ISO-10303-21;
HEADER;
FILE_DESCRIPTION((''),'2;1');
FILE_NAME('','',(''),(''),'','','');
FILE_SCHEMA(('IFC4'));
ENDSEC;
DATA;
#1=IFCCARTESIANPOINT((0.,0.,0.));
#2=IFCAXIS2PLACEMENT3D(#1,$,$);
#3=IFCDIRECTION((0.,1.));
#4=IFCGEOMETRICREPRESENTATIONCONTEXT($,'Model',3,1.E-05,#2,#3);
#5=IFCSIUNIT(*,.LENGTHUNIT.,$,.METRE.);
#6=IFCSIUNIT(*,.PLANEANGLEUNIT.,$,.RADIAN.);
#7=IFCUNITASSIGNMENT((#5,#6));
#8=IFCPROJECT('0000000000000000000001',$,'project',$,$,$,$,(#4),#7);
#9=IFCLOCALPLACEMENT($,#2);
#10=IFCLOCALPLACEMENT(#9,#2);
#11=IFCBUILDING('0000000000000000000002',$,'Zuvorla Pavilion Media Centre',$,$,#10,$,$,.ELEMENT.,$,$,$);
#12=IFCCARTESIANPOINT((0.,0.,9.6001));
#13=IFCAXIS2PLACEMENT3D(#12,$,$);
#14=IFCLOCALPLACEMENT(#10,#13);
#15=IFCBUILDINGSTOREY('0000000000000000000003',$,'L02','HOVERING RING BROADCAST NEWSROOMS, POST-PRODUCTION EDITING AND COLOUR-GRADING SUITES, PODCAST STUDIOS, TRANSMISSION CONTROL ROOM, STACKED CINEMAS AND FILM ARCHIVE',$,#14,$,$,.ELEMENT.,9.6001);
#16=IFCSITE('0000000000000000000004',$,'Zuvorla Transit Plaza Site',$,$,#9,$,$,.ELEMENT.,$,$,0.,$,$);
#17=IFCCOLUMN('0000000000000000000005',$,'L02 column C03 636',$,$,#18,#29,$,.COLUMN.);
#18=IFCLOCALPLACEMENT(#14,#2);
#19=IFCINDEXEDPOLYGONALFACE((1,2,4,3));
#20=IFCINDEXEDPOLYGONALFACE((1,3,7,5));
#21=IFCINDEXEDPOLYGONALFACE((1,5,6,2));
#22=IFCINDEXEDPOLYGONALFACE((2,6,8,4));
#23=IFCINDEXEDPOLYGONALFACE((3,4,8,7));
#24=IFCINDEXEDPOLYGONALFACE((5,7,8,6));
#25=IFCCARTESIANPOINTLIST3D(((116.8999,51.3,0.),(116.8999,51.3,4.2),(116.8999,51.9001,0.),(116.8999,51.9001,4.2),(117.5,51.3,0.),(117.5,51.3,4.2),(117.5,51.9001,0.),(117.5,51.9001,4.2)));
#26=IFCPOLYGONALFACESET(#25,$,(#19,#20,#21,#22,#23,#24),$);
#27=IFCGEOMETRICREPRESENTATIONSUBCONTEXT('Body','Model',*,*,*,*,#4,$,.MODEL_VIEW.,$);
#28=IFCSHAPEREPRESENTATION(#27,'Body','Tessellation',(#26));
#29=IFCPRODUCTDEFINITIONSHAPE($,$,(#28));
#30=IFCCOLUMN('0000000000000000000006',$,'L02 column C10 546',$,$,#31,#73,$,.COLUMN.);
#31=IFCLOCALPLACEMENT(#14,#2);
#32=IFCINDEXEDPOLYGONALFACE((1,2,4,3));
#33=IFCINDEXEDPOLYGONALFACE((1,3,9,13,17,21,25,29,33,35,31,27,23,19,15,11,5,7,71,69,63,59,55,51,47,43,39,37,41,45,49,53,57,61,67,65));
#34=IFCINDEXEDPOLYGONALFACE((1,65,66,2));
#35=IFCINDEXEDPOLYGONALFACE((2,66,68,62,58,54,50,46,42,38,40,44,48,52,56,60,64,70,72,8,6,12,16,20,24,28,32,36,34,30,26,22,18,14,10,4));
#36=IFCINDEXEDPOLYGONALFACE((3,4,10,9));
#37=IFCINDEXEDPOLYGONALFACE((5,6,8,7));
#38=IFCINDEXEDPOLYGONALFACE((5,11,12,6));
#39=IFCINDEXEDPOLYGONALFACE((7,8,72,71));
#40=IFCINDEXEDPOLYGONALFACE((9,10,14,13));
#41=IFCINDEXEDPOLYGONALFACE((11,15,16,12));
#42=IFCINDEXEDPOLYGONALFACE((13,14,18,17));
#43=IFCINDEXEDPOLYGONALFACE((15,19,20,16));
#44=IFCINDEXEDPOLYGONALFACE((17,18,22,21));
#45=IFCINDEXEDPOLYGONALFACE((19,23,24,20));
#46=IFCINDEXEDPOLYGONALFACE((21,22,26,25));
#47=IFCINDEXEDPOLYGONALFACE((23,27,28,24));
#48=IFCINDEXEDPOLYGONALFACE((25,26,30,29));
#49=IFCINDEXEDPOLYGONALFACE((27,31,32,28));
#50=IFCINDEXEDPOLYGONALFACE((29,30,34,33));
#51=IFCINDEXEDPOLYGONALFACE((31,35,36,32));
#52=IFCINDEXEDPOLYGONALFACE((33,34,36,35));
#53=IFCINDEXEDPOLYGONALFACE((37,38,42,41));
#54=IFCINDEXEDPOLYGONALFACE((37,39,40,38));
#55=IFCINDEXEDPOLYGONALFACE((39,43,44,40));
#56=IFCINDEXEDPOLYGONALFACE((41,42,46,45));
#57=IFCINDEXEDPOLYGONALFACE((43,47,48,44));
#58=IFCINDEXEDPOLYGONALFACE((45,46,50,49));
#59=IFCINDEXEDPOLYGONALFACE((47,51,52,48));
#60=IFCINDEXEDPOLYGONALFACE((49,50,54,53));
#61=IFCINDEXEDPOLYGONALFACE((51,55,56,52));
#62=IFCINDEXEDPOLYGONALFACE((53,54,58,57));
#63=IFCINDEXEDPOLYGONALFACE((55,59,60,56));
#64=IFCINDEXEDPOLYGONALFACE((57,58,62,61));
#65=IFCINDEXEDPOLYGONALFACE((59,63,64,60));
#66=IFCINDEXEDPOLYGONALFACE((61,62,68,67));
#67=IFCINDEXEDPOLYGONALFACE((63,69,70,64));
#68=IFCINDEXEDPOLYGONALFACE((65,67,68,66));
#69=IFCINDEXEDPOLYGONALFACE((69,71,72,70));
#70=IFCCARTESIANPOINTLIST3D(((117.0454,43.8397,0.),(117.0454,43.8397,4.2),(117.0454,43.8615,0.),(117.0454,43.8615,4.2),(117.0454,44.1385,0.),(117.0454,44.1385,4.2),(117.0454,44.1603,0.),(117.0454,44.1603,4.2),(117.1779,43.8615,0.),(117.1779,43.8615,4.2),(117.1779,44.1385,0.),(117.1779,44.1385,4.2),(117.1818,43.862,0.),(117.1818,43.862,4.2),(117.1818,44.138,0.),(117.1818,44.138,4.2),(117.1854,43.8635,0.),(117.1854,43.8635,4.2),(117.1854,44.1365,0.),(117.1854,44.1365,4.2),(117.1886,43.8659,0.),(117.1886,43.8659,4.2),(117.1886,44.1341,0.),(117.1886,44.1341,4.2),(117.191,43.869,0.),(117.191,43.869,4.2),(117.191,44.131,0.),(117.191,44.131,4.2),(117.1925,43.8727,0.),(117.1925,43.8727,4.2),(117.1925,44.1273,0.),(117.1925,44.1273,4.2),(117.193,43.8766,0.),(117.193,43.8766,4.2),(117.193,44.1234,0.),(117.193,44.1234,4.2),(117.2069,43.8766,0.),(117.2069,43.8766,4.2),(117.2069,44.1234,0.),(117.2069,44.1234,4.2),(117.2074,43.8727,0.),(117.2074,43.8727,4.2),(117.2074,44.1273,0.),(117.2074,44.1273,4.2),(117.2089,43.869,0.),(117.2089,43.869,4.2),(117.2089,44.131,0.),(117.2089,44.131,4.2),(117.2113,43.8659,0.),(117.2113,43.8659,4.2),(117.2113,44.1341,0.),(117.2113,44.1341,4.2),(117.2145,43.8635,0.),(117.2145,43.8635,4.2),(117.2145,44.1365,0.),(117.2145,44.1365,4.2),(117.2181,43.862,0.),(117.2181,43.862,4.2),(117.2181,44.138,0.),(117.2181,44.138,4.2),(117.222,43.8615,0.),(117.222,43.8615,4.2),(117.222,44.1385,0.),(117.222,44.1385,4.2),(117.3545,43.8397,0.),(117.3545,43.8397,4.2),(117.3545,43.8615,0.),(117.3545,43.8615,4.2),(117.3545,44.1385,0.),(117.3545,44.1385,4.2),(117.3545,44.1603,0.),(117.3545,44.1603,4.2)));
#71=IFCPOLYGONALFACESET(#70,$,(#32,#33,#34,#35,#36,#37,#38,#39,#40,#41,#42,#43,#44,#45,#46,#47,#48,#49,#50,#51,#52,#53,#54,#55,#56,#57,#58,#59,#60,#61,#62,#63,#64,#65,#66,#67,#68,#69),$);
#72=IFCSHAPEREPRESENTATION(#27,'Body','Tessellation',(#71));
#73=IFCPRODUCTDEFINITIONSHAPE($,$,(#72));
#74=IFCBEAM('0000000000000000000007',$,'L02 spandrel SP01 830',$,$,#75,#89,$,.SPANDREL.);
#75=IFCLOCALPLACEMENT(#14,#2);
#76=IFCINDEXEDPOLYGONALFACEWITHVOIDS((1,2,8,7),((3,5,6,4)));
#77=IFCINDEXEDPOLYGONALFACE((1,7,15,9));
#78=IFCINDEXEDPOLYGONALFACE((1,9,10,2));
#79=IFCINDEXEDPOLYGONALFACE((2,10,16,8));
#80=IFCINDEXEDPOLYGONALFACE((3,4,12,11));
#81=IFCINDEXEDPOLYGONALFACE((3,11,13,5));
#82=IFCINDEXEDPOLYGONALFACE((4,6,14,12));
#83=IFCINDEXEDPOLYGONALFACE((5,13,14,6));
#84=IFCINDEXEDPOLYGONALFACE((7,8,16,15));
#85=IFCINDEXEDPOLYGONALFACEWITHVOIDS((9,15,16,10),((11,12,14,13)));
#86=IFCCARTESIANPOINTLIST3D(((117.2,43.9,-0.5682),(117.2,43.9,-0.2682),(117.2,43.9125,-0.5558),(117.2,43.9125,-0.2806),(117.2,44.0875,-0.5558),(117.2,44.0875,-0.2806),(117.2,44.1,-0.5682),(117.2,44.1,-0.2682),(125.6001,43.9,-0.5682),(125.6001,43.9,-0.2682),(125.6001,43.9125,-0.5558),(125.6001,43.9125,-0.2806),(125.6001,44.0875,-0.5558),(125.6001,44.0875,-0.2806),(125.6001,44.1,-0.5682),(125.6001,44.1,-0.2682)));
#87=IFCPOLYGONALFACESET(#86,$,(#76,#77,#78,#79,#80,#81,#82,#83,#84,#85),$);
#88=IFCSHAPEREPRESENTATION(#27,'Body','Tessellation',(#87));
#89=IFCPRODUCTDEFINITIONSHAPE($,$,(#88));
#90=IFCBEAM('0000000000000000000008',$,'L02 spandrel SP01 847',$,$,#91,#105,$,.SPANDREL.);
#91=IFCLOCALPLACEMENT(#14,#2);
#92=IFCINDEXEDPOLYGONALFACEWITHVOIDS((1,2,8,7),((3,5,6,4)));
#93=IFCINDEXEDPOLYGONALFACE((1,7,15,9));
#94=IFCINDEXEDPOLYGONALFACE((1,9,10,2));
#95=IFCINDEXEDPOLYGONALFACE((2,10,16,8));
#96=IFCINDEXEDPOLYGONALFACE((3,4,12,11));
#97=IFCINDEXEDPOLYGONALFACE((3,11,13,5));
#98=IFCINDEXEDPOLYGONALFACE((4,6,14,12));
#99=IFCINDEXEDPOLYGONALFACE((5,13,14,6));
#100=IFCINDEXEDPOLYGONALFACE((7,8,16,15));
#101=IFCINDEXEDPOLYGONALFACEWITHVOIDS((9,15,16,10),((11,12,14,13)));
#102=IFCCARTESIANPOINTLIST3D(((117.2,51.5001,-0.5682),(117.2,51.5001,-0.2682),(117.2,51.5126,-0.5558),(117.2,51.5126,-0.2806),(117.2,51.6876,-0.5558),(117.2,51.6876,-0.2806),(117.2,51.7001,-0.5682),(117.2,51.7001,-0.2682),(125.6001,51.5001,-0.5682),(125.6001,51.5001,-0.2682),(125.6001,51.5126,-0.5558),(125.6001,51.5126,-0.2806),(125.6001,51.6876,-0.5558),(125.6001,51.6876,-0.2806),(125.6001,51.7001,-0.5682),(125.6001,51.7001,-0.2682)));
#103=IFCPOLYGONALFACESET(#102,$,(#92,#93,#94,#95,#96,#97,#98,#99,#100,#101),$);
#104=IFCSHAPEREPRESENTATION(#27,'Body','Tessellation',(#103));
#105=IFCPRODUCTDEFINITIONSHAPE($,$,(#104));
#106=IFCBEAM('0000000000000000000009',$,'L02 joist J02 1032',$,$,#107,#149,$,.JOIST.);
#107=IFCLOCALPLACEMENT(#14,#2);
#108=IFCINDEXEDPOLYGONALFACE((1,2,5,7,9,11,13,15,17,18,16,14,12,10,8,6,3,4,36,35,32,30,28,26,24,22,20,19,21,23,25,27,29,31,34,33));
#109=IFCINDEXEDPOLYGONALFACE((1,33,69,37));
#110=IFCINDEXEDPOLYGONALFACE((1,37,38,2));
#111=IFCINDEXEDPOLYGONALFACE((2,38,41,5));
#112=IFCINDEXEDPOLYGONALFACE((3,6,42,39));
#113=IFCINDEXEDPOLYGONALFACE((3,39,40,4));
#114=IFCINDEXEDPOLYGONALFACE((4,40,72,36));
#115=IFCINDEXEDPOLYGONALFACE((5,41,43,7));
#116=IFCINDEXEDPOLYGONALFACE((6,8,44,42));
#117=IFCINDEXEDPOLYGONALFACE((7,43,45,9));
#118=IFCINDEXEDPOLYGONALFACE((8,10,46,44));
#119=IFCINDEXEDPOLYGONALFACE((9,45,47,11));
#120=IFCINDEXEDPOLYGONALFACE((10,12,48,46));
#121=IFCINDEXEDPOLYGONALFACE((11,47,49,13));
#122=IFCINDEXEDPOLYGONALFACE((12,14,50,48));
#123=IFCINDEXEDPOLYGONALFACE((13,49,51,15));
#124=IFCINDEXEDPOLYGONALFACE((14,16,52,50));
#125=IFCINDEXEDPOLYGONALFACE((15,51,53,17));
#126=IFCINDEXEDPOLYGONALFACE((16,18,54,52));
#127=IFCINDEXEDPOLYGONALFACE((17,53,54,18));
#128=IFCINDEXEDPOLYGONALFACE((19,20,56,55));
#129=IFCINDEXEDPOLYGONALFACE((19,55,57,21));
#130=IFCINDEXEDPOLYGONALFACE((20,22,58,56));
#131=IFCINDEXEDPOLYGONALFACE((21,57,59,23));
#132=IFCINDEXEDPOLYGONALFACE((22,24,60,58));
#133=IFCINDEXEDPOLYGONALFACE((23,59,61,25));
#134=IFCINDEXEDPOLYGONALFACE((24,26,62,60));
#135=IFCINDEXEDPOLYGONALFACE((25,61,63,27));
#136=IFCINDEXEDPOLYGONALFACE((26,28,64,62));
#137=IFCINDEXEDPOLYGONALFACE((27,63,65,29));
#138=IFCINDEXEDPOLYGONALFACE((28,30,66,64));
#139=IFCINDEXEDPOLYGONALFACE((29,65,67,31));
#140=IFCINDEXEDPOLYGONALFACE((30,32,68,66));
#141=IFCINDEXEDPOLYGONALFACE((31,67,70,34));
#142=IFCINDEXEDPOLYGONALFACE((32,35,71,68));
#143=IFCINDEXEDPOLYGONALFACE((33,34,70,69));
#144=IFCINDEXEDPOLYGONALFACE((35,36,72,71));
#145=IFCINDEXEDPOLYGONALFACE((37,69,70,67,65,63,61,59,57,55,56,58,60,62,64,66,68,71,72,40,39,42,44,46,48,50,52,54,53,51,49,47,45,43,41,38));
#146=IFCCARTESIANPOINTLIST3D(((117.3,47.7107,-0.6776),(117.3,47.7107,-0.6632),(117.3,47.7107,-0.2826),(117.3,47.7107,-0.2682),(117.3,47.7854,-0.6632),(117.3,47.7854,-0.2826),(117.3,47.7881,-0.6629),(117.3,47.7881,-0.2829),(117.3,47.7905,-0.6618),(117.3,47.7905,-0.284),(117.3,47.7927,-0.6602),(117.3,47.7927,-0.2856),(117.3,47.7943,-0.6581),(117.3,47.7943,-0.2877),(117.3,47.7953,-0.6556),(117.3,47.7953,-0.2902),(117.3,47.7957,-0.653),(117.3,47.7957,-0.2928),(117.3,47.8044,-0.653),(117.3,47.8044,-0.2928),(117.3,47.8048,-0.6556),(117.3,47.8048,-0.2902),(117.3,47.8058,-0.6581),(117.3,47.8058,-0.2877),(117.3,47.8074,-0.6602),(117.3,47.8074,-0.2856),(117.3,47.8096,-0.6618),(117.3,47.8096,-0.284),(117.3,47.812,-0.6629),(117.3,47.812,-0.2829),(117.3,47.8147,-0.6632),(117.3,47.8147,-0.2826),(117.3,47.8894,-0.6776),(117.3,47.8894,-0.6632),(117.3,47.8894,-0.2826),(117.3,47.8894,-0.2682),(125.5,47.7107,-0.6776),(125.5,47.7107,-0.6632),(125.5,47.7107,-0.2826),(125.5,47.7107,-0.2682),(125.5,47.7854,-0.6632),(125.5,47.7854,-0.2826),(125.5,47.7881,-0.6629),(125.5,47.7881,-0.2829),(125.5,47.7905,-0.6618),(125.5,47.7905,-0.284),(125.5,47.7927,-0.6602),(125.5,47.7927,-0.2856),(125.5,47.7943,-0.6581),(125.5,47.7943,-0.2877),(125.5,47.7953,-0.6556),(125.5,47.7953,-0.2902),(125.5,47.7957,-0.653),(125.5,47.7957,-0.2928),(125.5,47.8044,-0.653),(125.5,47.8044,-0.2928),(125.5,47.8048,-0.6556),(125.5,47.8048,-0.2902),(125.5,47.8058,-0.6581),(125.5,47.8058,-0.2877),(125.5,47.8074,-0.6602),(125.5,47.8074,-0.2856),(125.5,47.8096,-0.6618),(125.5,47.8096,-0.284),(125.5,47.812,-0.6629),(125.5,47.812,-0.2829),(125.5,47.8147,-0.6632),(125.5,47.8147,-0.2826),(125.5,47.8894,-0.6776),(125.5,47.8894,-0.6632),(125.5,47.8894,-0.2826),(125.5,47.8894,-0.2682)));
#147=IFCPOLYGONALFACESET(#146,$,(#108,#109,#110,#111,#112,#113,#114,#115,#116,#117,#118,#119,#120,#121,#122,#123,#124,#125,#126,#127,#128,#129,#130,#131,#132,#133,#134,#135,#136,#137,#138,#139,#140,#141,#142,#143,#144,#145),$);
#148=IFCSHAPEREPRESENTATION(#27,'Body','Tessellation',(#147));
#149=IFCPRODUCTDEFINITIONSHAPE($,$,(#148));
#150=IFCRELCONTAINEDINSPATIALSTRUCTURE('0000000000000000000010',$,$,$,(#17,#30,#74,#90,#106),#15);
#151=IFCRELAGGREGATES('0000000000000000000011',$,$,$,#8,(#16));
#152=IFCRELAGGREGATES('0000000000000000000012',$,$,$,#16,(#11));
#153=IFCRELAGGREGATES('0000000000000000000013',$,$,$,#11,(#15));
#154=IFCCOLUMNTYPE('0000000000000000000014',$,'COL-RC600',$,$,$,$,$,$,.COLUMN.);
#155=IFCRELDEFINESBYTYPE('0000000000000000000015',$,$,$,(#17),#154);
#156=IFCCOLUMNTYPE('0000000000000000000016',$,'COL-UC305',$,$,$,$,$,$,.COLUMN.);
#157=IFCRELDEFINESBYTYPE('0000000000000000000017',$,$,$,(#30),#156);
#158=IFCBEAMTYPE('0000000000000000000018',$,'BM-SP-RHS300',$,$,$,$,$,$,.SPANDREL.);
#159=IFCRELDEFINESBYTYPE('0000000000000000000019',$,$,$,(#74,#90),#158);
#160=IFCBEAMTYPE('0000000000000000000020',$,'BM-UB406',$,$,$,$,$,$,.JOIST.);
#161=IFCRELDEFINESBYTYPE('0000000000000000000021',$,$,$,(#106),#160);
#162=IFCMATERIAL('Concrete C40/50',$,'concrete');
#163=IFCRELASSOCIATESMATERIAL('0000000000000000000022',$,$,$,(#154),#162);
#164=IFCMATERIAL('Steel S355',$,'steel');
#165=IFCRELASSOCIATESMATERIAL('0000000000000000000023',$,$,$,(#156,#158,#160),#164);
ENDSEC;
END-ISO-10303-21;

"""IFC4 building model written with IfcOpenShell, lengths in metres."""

from ifc_helpers import new_model, si_unit, direction, frame, origin, origin_2d, place, context, subcontext, project, spatial, rectangle, hollow_rectangle, i_section, extrude, material, material_profile, profile_set, type_object, element, save


model = new_model("IFC4")

# Units and contexts
model_context = context("Model", 3, precision=1e-05, world=origin(), true_north=direction((0.0, 1.0)))
body_context = subcontext(model_context, "Body", "Model", "MODEL_VIEW")
ifc_project = project(units=[si_unit("LENGTHUNIT", "METRE"), si_unit("PLANEANGLEUNIT", "RADIAN")], contexts=[model_context])

# Site, building, storey
site_placement = place(None, origin())
site = spatial("IfcSite", under=ifc_project, at=site_placement, Name="Zuvorla Transit Plaza Site", CompositionType="ELEMENT", RefElevation=0.0)
building_placement = place(site_placement, origin())
building = spatial("IfcBuilding", under=site, at=building_placement, Name="Zuvorla Pavilion Media Centre", CompositionType="ELEMENT")
storey_placement = place(building_placement, frame((0.0, 0.0, 9.6001)))
storey = spatial("IfcBuildingStorey", under=building, at=storey_placement, Name="L02", Description="HOVERING RING BROADCAST NEWSROOMS, POST-PRODUCTION EDITING AND COLOUR-GRADING SUITES, PODCAST STUDIOS, TRANSMISSION CONTROL ROOM, STACKED CINEMAS AND FILM ARCHIVE", CompositionType="ELEMENT", Elevation=9.6001)

# Columns
ifc_material_1 = material(Name="Concrete C40/50", Category="concrete")
ifc_material_profile_1 = material_profile(ifc_material_1, rectangle(XDim=0.6001, YDim=0.6001, at=origin_2d()), Name="RC 600x600")
ifc_profile_set_1 = profile_set([ifc_material_profile_1], Name="Concrete C40/50")
column_type_1 = type_object("IfcColumnType", Name="COL-RC600", PredefinedType="COLUMN", material=ifc_profile_set_1)
column_1_placement = place(storey_placement, frame((117.2, 51.6001, 0.0), z_axis=(0.0, 0.0, 1.0), x_axis=(1.0, 0.0, 0.0)))
element("IfcColumn", 1, at=column_1_placement, inside=storey, type_object=column_type_1, Name="L02 column C03 636", PredefinedType="COLUMN", context=body_context, shape_type="SweptSolid", body=[
    extrude(rectangle(XDim=0.6001, YDim=0.6001, at=origin_2d()), origin(), (0.0, 0.0, 1.0), 4.2),
])
ifc_material_2 = material(Name="Steel S355", Category="steel")
ifc_material_profile_2 = material_profile(ifc_material_2, i_section(OverallWidth=0.3091, OverallDepth=0.3206, WebThickness=0.0139, FlangeThickness=0.0217, FilletRadius=0.0151, at=origin_2d()), Name="UC 305x305x137")
ifc_profile_set_2 = profile_set([ifc_material_profile_2], Name="Steel S355")
column_type_2 = type_object("IfcColumnType", Name="COL-UC305", PredefinedType="COLUMN", material=ifc_profile_set_2)
column_2_placement = place(storey_placement, frame((117.2, 44.0, 0.0), z_axis=(0.0, 0.0, 1.0), x_axis=(1.0, 0.0, 0.0)))
element("IfcColumn", 2, at=column_2_placement, inside=storey, type_object=column_type_2, Name="L02 column C10 546", PredefinedType="COLUMN", context=body_context, shape_type="SweptSolid", body=[
    extrude(i_section(OverallWidth=0.3091, OverallDepth=0.3206, WebThickness=0.0139, FlangeThickness=0.0217, FilletRadius=0.0151, at=origin_2d()), origin(), (0.0, 0.0, 1.0), 4.2),
])

# Beams
ifc_material_profile_3 = material_profile(ifc_material_2, hollow_rectangle(XDim=0.2, YDim=0.3, WallThickness=0.0125, at=origin_2d()), Name="RHS 300x200x12.5")
ifc_profile_set_3 = profile_set([ifc_material_profile_3], Name="Steel S355")
beam_type_1 = type_object("IfcBeamType", Name="BM-SP-RHS300", PredefinedType="SPANDREL", material=ifc_profile_set_3)
for number, where, z_axis, x_axis, name in (
    (3, (117.2, 44.0, -0.4182), (1.0, 0.0, 0.0), (0.0, 1.0, 0.0), "L02 spandrel SP01 830"),
    (4, (117.2, 51.6001, -0.4182), (1.0, 0.0, 0.0), (0.0, 1.0, 0.0), "L02 spandrel SP01 847"),
):
    element("IfcBeam", number, at=place(storey_placement, frame(where, z_axis=z_axis, x_axis=x_axis)), inside=storey, type_object=beam_type_1, Name=name, PredefinedType="SPANDREL", context=body_context, shape_type="SweptSolid", body=[
        extrude(hollow_rectangle(XDim=0.2, YDim=0.3, WallThickness=0.0125, at=origin_2d()), origin(), (0.0, 0.0, 1.0), 8.4001),
    ])
ifc_material_profile_4 = material_profile(ifc_material_2, i_section(OverallWidth=0.1787, OverallDepth=0.4094, WebThickness=0.0088, FlangeThickness=0.0144, FilletRadius=0.0103, at=origin_2d()), Name="UB 406x178x67")
ifc_profile_set_4 = profile_set([ifc_material_profile_4], Name="Steel S355")
beam_type_2 = type_object("IfcBeamType", Name="BM-UB406", PredefinedType="JOIST", material=ifc_profile_set_4)
beam_1_placement = place(storey_placement, frame((117.3, 47.8, -0.4729), z_axis=(1.0, 0.0, 0.0), x_axis=(0.0, 1.0, 0.0)))
element("IfcBeam", 5, at=beam_1_placement, inside=storey, type_object=beam_type_2, Name="L02 joist J02 1032", PredefinedType="JOIST", context=body_context, shape_type="SweptSolid", body=[
    extrude(i_section(OverallWidth=0.1787, OverallDepth=0.4094, WebThickness=0.0088, FlangeThickness=0.0144, FilletRadius=0.0103, at=origin_2d()), origin(), (0.0, 0.0, 1.0), 8.2),
])

save(model, "model.ifc")
